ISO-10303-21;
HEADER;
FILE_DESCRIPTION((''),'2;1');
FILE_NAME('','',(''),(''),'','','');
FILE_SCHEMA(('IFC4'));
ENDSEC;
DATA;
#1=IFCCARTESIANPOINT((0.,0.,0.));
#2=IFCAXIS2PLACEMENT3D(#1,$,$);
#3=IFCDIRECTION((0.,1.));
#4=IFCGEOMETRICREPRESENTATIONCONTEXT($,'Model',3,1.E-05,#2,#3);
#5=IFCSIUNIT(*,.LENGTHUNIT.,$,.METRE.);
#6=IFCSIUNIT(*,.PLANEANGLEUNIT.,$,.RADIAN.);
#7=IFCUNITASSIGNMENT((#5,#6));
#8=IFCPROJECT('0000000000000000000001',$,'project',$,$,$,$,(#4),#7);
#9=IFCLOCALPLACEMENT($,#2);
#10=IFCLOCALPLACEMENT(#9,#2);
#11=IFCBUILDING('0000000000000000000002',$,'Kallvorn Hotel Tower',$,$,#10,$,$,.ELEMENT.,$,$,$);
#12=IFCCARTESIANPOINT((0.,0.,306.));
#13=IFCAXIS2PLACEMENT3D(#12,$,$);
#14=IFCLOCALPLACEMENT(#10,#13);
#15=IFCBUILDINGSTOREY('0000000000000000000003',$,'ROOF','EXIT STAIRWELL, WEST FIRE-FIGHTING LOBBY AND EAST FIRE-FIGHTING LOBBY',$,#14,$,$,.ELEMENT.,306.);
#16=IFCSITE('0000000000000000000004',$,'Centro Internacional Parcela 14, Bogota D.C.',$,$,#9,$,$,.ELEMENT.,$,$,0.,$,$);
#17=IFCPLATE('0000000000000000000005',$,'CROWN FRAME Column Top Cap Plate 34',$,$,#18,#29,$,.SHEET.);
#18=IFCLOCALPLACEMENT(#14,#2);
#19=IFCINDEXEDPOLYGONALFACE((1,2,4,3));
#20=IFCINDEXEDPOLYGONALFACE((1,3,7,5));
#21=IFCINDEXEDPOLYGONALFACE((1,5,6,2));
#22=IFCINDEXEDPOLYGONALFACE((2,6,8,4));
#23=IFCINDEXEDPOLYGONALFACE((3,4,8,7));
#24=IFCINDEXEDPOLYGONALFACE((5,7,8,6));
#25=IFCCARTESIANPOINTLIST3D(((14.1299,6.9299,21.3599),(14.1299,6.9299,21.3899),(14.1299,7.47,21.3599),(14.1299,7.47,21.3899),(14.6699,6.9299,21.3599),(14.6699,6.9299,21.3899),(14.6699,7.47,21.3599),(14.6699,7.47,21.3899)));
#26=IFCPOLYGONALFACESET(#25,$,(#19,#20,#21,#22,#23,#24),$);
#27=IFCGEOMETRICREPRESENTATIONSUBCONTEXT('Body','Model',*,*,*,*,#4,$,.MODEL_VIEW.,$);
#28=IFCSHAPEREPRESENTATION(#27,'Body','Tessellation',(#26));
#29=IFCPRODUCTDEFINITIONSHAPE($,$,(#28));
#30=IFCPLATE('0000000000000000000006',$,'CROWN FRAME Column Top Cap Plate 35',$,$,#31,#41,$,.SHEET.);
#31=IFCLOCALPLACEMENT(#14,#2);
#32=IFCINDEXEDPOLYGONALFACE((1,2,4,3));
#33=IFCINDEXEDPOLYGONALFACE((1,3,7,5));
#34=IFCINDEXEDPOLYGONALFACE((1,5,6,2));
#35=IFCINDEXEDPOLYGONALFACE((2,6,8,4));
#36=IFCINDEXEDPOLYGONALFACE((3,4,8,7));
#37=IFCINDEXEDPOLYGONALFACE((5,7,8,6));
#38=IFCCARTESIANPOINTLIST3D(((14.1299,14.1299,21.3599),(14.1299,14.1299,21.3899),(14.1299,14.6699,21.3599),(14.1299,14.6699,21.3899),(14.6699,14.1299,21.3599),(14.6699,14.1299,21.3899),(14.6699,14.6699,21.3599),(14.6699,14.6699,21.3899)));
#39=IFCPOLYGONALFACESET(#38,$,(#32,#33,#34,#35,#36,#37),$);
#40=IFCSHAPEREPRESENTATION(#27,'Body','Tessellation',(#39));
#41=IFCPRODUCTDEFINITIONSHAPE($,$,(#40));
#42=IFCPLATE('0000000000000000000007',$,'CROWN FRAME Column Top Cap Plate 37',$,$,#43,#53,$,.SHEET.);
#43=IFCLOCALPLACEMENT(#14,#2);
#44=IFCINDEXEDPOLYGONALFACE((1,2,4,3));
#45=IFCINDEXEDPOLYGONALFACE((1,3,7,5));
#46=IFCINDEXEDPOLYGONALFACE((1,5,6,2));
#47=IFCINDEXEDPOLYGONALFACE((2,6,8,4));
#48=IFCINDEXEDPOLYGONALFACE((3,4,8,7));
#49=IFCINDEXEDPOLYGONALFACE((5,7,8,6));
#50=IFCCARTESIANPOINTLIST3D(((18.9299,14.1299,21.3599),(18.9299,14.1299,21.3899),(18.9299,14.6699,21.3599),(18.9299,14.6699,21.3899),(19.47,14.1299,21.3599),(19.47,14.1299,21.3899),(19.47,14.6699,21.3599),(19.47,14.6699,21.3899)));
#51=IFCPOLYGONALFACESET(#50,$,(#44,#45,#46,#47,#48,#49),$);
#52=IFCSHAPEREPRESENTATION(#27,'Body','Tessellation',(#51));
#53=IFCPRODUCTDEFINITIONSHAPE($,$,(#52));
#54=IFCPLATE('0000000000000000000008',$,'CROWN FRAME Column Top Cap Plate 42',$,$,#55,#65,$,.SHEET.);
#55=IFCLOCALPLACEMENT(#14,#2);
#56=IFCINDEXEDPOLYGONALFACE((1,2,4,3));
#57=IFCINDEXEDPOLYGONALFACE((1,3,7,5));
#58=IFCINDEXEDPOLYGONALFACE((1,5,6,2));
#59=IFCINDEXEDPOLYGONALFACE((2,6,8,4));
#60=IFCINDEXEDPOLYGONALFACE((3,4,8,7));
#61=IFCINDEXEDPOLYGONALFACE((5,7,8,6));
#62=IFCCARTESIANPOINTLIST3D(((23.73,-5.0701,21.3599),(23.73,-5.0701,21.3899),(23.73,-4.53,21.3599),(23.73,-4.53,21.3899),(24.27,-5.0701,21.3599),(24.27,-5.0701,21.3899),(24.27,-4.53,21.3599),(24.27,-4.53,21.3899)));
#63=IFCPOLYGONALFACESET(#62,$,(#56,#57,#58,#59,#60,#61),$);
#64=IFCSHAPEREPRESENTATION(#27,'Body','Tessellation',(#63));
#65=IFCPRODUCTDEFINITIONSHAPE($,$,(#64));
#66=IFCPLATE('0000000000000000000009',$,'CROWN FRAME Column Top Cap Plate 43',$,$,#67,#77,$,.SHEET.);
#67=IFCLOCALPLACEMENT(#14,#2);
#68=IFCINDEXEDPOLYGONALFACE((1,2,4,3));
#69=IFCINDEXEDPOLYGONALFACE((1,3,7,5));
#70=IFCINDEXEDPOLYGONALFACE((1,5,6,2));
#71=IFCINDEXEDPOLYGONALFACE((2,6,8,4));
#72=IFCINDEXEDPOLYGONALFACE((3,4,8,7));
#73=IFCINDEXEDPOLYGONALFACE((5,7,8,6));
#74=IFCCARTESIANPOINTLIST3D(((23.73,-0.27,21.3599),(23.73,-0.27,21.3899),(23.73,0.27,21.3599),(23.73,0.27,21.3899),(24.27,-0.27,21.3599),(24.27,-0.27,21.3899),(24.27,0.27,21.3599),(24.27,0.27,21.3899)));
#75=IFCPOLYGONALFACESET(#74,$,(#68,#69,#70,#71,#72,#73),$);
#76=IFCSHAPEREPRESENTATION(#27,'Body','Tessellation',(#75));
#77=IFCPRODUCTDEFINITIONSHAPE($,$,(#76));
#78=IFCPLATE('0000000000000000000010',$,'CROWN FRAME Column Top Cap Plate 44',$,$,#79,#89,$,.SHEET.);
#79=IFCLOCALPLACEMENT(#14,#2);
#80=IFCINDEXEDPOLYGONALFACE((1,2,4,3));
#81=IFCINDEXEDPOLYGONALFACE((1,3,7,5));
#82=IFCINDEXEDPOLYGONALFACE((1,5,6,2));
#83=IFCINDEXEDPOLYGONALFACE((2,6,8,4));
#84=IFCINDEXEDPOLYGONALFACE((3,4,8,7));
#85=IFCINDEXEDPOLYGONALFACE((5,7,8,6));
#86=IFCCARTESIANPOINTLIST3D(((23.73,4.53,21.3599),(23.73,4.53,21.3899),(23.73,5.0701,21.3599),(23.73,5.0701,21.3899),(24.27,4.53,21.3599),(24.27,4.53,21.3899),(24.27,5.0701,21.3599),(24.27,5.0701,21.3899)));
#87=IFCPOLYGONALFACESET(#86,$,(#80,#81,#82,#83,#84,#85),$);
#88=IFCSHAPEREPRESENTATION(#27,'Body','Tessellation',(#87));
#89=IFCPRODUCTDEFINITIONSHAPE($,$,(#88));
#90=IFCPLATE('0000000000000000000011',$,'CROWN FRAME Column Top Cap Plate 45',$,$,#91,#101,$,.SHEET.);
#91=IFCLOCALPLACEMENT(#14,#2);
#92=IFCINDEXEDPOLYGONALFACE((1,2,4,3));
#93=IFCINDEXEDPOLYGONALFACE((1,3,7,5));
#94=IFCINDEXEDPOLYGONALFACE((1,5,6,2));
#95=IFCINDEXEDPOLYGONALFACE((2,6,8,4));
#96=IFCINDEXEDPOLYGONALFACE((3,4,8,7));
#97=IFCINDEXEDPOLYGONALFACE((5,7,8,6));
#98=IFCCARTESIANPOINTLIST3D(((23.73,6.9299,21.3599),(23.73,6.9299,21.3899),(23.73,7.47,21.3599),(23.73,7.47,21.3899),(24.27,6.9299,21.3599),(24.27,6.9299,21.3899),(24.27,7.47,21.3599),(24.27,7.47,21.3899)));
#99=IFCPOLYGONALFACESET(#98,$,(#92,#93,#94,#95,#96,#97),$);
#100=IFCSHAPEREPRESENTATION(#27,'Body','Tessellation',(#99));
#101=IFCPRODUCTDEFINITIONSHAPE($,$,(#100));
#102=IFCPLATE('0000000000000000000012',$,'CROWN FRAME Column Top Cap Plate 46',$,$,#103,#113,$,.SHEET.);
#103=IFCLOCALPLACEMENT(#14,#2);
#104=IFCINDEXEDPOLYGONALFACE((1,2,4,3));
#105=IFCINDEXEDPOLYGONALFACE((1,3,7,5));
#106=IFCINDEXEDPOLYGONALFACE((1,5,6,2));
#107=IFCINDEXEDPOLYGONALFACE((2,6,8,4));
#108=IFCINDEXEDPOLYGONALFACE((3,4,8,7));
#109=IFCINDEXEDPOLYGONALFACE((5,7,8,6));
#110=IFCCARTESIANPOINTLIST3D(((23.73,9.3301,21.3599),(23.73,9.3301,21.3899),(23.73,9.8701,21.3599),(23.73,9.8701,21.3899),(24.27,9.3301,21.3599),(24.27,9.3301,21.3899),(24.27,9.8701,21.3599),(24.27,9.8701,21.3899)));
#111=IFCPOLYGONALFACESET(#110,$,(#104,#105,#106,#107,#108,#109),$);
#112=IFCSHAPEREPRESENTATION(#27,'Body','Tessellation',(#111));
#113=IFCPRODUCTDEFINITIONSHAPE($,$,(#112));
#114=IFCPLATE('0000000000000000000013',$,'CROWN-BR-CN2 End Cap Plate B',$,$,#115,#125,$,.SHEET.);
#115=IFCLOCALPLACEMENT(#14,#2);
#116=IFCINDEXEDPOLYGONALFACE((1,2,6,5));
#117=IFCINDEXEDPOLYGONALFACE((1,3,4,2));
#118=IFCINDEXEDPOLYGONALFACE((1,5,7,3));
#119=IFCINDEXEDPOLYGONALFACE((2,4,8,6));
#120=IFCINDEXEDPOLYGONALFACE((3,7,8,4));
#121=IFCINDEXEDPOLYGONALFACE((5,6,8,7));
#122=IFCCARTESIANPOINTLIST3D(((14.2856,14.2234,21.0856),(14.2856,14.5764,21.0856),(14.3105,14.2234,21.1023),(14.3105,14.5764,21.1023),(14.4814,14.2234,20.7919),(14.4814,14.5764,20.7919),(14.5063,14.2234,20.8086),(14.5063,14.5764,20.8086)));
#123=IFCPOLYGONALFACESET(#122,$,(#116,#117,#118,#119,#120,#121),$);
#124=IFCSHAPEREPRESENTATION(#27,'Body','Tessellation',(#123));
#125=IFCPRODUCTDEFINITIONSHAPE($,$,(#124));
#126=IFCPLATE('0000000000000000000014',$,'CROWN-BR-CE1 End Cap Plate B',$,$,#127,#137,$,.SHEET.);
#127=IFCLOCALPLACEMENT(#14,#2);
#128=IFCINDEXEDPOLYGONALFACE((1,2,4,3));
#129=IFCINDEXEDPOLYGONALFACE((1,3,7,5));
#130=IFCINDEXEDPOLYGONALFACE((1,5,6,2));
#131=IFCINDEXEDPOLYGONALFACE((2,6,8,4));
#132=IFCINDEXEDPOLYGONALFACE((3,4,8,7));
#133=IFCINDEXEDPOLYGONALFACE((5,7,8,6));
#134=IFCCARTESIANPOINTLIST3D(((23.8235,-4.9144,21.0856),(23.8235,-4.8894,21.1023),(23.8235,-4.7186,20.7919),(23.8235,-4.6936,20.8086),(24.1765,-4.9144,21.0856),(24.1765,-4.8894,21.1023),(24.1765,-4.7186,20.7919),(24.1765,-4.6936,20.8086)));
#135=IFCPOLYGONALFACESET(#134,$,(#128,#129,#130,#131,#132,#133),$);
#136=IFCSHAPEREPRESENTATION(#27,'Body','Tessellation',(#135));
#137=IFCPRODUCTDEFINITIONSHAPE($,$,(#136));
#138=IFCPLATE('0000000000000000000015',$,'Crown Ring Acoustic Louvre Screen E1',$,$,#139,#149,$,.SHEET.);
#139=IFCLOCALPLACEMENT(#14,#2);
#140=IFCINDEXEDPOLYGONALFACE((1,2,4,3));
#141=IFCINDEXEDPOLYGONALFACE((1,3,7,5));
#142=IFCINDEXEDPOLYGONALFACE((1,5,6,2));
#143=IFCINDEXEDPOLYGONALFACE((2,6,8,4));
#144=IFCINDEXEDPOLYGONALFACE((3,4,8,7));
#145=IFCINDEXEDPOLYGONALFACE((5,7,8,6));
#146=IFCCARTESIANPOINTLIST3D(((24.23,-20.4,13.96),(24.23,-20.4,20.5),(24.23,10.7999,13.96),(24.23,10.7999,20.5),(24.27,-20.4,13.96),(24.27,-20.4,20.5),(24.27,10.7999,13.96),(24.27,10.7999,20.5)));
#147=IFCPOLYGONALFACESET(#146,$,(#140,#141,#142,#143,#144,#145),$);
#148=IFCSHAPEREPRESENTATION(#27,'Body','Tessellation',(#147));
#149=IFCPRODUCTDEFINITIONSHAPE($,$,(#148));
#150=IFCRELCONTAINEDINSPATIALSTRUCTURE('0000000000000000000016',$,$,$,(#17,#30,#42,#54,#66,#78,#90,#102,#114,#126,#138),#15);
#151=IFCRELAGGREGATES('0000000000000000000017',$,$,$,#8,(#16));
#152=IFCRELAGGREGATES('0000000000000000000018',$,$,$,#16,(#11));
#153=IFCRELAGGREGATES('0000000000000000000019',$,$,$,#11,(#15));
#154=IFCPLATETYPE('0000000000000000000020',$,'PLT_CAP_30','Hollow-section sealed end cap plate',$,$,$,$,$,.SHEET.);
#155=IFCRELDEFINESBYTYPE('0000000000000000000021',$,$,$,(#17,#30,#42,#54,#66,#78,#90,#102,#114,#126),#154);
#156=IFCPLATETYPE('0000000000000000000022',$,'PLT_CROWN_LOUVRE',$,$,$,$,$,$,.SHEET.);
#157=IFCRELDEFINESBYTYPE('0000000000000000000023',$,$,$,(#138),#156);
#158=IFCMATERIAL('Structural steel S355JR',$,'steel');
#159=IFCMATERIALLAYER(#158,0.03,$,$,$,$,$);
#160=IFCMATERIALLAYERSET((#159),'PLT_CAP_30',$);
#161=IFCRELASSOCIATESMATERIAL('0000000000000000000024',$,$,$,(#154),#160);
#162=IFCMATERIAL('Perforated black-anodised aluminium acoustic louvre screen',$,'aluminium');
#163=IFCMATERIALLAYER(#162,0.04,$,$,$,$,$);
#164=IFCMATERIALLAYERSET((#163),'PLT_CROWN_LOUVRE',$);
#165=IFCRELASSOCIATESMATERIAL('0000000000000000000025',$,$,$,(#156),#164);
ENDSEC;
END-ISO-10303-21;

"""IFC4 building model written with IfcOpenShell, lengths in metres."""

from ifc_helpers import new_model, si_unit, direction, frame, origin, origin_2d, place, context, subcontext, project, spatial, polyline, rectangle, outline, extrude, material, layer, layer_set, type_object, element, save


model = new_model("IFC4")

# Units and contexts
model_context = context("Model", 3, precision=1e-05, world=origin(), true_north=direction((0.0, 1.0)))
body_context = subcontext(model_context, "Body", "Model", "MODEL_VIEW")
ifc_project = project(units=[si_unit("LENGTHUNIT", "METRE"), si_unit("PLANEANGLEUNIT", "RADIAN")], contexts=[model_context])

# Site, building, storey
site_placement = place(None, origin())
site = spatial("IfcSite", under=ifc_project, at=site_placement, Name="Centro Internacional Parcela 14, Bogota D.C.", CompositionType="ELEMENT", RefElevation=0.0)
building_placement = place(site_placement, origin())
building = spatial("IfcBuilding", under=site, at=building_placement, Name="Kallvorn Hotel Tower", CompositionType="ELEMENT")
storey_placement = place(building_placement, frame((0.0, 0.0, 306.0)))
storey = spatial("IfcBuildingStorey", under=building, at=storey_placement, Name="ROOF", Description="EXIT STAIRWELL, WEST FIRE-FIGHTING LOBBY AND EAST FIRE-FIGHTING LOBBY", CompositionType="ELEMENT", Elevation=306.0)

# Plates
ifc_material_1 = material(Name="Structural steel S355JR", Category="steel")
ifc_layer_1 = layer(ifc_material_1, 0.03)
ifc_layer_set_1 = layer_set([ifc_layer_1], Name="PLT_CAP_30")
plate_type_1 = type_object("IfcPlateType", Name="PLT_CAP_30", Description="Hollow-section sealed end cap plate", PredefinedType="SHEET", material=ifc_layer_set_1)
for number, where, z_axis, x_axis, name in (
    (1, (14.3999, 7.2, 21.3599), (0.0, 0.0, 1.0), (1.0, 0.0, 0.0), "CROWN FRAME Column Top Cap Plate 34"),
    (2, (14.3999, 14.3999, 21.3599), (0.0, 0.0, 1.0), (1.0, 0.0, 0.0), "CROWN FRAME Column Top Cap Plate 35"),
    (3, (19.2, 14.3999, 21.3599), (0.0, 0.0, 1.0), (1.0, 0.0, 0.0), "CROWN FRAME Column Top Cap Plate 37"),
    (4, (24.0, -4.8, 21.3599), (0.0, 0.0, 1.0), (1.0, 0.0, 0.0), "CROWN FRAME Column Top Cap Plate 42"),
    (5, (24.0, 0.0, 21.3599), (0.0, 0.0, 1.0), (1.0, 0.0, 0.0), "CROWN FRAME Column Top Cap Plate 43"),
    (6, (24.0, 4.8, 21.3599), (0.0, 0.0, 1.0), (1.0, 0.0, 0.0), "CROWN FRAME Column Top Cap Plate 44"),
    (7, (24.0, 7.2, 21.3599), (0.0, 0.0, 1.0), (1.0, 0.0, 0.0), "CROWN FRAME Column Top Cap Plate 45"),
    (8, (24.0, 9.6001, 21.3599), (0.0, 0.0, 1.0), (1.0, 0.0, 0.0), "CROWN FRAME Column Top Cap Plate 46"),
):
    element("IfcPlate", number, at=place(storey_placement, frame(where, z_axis=z_axis, x_axis=x_axis)), inside=storey, type_object=plate_type_1, Name=name, PredefinedType="SHEET", context=body_context, shape_type="SweptSolid", body=[
        extrude(rectangle(XDim=0.54, YDim=0.54, at=origin_2d()), origin(), (0.0, 0.0, 1.0), 0.03),
    ])
for number, where, z_axis, x_axis, name in (
    (9, (14.5063, 14.2234, 20.8086), (0.83205, 0.0, 0.5547), (0.0, 1.0, 0.0), "CROWN-BR-CN2 End Cap Plate B"),
    (10, (24.1765, -4.6936, 20.8086), (0.0, 0.83205, 0.5547), (-1.0, 0.0, 0.0), "CROWN-BR-CE1 End Cap Plate B"),
):
    element("IfcPlate", number, at=place(storey_placement, frame(where, z_axis=z_axis, x_axis=x_axis)), inside=storey, type_object=plate_type_1, Name=name, PredefinedType="SHEET", context=body_context, shape_type="SweptSolid", body=[
        extrude(outline(polyline([(0.0, 0.0), (0.353, 0.0), (0.353, 0.353), (0.0, 0.353), (0.0, 0.0)])), origin(), (0.0, 0.0, -1.0), 0.03),
    ])
ifc_material_2 = material(Name="Perforated black-anodised aluminium acoustic louvre screen", Category="aluminium")
ifc_layer_2 = layer(ifc_material_2, 0.04)
ifc_layer_set_2 = layer_set([ifc_layer_2], Name="PLT_CROWN_LOUVRE")
plate_type_2 = type_object("IfcPlateType", Name="PLT_CROWN_LOUVRE", PredefinedType="SHEET", material=ifc_layer_set_2)
plate_1_placement = place(storey_placement, frame((24.25, -4.8, 13.96), z_axis=(0.0, 0.0, 1.0), x_axis=(0.0, 1.0, 0.0)))
element("IfcPlate", 11, at=plate_1_placement, inside=storey, type_object=plate_type_2, Name="Crown Ring Acoustic Louvre Screen E1", PredefinedType="SHEET", context=body_context, shape_type="SweptSolid", body=[
    extrude(rectangle(XDim=31.2, YDim=0.04, at=origin_2d()), origin(), (0.0, 0.0, 1.0), 6.54),
])

save(model, "model.ifc")
